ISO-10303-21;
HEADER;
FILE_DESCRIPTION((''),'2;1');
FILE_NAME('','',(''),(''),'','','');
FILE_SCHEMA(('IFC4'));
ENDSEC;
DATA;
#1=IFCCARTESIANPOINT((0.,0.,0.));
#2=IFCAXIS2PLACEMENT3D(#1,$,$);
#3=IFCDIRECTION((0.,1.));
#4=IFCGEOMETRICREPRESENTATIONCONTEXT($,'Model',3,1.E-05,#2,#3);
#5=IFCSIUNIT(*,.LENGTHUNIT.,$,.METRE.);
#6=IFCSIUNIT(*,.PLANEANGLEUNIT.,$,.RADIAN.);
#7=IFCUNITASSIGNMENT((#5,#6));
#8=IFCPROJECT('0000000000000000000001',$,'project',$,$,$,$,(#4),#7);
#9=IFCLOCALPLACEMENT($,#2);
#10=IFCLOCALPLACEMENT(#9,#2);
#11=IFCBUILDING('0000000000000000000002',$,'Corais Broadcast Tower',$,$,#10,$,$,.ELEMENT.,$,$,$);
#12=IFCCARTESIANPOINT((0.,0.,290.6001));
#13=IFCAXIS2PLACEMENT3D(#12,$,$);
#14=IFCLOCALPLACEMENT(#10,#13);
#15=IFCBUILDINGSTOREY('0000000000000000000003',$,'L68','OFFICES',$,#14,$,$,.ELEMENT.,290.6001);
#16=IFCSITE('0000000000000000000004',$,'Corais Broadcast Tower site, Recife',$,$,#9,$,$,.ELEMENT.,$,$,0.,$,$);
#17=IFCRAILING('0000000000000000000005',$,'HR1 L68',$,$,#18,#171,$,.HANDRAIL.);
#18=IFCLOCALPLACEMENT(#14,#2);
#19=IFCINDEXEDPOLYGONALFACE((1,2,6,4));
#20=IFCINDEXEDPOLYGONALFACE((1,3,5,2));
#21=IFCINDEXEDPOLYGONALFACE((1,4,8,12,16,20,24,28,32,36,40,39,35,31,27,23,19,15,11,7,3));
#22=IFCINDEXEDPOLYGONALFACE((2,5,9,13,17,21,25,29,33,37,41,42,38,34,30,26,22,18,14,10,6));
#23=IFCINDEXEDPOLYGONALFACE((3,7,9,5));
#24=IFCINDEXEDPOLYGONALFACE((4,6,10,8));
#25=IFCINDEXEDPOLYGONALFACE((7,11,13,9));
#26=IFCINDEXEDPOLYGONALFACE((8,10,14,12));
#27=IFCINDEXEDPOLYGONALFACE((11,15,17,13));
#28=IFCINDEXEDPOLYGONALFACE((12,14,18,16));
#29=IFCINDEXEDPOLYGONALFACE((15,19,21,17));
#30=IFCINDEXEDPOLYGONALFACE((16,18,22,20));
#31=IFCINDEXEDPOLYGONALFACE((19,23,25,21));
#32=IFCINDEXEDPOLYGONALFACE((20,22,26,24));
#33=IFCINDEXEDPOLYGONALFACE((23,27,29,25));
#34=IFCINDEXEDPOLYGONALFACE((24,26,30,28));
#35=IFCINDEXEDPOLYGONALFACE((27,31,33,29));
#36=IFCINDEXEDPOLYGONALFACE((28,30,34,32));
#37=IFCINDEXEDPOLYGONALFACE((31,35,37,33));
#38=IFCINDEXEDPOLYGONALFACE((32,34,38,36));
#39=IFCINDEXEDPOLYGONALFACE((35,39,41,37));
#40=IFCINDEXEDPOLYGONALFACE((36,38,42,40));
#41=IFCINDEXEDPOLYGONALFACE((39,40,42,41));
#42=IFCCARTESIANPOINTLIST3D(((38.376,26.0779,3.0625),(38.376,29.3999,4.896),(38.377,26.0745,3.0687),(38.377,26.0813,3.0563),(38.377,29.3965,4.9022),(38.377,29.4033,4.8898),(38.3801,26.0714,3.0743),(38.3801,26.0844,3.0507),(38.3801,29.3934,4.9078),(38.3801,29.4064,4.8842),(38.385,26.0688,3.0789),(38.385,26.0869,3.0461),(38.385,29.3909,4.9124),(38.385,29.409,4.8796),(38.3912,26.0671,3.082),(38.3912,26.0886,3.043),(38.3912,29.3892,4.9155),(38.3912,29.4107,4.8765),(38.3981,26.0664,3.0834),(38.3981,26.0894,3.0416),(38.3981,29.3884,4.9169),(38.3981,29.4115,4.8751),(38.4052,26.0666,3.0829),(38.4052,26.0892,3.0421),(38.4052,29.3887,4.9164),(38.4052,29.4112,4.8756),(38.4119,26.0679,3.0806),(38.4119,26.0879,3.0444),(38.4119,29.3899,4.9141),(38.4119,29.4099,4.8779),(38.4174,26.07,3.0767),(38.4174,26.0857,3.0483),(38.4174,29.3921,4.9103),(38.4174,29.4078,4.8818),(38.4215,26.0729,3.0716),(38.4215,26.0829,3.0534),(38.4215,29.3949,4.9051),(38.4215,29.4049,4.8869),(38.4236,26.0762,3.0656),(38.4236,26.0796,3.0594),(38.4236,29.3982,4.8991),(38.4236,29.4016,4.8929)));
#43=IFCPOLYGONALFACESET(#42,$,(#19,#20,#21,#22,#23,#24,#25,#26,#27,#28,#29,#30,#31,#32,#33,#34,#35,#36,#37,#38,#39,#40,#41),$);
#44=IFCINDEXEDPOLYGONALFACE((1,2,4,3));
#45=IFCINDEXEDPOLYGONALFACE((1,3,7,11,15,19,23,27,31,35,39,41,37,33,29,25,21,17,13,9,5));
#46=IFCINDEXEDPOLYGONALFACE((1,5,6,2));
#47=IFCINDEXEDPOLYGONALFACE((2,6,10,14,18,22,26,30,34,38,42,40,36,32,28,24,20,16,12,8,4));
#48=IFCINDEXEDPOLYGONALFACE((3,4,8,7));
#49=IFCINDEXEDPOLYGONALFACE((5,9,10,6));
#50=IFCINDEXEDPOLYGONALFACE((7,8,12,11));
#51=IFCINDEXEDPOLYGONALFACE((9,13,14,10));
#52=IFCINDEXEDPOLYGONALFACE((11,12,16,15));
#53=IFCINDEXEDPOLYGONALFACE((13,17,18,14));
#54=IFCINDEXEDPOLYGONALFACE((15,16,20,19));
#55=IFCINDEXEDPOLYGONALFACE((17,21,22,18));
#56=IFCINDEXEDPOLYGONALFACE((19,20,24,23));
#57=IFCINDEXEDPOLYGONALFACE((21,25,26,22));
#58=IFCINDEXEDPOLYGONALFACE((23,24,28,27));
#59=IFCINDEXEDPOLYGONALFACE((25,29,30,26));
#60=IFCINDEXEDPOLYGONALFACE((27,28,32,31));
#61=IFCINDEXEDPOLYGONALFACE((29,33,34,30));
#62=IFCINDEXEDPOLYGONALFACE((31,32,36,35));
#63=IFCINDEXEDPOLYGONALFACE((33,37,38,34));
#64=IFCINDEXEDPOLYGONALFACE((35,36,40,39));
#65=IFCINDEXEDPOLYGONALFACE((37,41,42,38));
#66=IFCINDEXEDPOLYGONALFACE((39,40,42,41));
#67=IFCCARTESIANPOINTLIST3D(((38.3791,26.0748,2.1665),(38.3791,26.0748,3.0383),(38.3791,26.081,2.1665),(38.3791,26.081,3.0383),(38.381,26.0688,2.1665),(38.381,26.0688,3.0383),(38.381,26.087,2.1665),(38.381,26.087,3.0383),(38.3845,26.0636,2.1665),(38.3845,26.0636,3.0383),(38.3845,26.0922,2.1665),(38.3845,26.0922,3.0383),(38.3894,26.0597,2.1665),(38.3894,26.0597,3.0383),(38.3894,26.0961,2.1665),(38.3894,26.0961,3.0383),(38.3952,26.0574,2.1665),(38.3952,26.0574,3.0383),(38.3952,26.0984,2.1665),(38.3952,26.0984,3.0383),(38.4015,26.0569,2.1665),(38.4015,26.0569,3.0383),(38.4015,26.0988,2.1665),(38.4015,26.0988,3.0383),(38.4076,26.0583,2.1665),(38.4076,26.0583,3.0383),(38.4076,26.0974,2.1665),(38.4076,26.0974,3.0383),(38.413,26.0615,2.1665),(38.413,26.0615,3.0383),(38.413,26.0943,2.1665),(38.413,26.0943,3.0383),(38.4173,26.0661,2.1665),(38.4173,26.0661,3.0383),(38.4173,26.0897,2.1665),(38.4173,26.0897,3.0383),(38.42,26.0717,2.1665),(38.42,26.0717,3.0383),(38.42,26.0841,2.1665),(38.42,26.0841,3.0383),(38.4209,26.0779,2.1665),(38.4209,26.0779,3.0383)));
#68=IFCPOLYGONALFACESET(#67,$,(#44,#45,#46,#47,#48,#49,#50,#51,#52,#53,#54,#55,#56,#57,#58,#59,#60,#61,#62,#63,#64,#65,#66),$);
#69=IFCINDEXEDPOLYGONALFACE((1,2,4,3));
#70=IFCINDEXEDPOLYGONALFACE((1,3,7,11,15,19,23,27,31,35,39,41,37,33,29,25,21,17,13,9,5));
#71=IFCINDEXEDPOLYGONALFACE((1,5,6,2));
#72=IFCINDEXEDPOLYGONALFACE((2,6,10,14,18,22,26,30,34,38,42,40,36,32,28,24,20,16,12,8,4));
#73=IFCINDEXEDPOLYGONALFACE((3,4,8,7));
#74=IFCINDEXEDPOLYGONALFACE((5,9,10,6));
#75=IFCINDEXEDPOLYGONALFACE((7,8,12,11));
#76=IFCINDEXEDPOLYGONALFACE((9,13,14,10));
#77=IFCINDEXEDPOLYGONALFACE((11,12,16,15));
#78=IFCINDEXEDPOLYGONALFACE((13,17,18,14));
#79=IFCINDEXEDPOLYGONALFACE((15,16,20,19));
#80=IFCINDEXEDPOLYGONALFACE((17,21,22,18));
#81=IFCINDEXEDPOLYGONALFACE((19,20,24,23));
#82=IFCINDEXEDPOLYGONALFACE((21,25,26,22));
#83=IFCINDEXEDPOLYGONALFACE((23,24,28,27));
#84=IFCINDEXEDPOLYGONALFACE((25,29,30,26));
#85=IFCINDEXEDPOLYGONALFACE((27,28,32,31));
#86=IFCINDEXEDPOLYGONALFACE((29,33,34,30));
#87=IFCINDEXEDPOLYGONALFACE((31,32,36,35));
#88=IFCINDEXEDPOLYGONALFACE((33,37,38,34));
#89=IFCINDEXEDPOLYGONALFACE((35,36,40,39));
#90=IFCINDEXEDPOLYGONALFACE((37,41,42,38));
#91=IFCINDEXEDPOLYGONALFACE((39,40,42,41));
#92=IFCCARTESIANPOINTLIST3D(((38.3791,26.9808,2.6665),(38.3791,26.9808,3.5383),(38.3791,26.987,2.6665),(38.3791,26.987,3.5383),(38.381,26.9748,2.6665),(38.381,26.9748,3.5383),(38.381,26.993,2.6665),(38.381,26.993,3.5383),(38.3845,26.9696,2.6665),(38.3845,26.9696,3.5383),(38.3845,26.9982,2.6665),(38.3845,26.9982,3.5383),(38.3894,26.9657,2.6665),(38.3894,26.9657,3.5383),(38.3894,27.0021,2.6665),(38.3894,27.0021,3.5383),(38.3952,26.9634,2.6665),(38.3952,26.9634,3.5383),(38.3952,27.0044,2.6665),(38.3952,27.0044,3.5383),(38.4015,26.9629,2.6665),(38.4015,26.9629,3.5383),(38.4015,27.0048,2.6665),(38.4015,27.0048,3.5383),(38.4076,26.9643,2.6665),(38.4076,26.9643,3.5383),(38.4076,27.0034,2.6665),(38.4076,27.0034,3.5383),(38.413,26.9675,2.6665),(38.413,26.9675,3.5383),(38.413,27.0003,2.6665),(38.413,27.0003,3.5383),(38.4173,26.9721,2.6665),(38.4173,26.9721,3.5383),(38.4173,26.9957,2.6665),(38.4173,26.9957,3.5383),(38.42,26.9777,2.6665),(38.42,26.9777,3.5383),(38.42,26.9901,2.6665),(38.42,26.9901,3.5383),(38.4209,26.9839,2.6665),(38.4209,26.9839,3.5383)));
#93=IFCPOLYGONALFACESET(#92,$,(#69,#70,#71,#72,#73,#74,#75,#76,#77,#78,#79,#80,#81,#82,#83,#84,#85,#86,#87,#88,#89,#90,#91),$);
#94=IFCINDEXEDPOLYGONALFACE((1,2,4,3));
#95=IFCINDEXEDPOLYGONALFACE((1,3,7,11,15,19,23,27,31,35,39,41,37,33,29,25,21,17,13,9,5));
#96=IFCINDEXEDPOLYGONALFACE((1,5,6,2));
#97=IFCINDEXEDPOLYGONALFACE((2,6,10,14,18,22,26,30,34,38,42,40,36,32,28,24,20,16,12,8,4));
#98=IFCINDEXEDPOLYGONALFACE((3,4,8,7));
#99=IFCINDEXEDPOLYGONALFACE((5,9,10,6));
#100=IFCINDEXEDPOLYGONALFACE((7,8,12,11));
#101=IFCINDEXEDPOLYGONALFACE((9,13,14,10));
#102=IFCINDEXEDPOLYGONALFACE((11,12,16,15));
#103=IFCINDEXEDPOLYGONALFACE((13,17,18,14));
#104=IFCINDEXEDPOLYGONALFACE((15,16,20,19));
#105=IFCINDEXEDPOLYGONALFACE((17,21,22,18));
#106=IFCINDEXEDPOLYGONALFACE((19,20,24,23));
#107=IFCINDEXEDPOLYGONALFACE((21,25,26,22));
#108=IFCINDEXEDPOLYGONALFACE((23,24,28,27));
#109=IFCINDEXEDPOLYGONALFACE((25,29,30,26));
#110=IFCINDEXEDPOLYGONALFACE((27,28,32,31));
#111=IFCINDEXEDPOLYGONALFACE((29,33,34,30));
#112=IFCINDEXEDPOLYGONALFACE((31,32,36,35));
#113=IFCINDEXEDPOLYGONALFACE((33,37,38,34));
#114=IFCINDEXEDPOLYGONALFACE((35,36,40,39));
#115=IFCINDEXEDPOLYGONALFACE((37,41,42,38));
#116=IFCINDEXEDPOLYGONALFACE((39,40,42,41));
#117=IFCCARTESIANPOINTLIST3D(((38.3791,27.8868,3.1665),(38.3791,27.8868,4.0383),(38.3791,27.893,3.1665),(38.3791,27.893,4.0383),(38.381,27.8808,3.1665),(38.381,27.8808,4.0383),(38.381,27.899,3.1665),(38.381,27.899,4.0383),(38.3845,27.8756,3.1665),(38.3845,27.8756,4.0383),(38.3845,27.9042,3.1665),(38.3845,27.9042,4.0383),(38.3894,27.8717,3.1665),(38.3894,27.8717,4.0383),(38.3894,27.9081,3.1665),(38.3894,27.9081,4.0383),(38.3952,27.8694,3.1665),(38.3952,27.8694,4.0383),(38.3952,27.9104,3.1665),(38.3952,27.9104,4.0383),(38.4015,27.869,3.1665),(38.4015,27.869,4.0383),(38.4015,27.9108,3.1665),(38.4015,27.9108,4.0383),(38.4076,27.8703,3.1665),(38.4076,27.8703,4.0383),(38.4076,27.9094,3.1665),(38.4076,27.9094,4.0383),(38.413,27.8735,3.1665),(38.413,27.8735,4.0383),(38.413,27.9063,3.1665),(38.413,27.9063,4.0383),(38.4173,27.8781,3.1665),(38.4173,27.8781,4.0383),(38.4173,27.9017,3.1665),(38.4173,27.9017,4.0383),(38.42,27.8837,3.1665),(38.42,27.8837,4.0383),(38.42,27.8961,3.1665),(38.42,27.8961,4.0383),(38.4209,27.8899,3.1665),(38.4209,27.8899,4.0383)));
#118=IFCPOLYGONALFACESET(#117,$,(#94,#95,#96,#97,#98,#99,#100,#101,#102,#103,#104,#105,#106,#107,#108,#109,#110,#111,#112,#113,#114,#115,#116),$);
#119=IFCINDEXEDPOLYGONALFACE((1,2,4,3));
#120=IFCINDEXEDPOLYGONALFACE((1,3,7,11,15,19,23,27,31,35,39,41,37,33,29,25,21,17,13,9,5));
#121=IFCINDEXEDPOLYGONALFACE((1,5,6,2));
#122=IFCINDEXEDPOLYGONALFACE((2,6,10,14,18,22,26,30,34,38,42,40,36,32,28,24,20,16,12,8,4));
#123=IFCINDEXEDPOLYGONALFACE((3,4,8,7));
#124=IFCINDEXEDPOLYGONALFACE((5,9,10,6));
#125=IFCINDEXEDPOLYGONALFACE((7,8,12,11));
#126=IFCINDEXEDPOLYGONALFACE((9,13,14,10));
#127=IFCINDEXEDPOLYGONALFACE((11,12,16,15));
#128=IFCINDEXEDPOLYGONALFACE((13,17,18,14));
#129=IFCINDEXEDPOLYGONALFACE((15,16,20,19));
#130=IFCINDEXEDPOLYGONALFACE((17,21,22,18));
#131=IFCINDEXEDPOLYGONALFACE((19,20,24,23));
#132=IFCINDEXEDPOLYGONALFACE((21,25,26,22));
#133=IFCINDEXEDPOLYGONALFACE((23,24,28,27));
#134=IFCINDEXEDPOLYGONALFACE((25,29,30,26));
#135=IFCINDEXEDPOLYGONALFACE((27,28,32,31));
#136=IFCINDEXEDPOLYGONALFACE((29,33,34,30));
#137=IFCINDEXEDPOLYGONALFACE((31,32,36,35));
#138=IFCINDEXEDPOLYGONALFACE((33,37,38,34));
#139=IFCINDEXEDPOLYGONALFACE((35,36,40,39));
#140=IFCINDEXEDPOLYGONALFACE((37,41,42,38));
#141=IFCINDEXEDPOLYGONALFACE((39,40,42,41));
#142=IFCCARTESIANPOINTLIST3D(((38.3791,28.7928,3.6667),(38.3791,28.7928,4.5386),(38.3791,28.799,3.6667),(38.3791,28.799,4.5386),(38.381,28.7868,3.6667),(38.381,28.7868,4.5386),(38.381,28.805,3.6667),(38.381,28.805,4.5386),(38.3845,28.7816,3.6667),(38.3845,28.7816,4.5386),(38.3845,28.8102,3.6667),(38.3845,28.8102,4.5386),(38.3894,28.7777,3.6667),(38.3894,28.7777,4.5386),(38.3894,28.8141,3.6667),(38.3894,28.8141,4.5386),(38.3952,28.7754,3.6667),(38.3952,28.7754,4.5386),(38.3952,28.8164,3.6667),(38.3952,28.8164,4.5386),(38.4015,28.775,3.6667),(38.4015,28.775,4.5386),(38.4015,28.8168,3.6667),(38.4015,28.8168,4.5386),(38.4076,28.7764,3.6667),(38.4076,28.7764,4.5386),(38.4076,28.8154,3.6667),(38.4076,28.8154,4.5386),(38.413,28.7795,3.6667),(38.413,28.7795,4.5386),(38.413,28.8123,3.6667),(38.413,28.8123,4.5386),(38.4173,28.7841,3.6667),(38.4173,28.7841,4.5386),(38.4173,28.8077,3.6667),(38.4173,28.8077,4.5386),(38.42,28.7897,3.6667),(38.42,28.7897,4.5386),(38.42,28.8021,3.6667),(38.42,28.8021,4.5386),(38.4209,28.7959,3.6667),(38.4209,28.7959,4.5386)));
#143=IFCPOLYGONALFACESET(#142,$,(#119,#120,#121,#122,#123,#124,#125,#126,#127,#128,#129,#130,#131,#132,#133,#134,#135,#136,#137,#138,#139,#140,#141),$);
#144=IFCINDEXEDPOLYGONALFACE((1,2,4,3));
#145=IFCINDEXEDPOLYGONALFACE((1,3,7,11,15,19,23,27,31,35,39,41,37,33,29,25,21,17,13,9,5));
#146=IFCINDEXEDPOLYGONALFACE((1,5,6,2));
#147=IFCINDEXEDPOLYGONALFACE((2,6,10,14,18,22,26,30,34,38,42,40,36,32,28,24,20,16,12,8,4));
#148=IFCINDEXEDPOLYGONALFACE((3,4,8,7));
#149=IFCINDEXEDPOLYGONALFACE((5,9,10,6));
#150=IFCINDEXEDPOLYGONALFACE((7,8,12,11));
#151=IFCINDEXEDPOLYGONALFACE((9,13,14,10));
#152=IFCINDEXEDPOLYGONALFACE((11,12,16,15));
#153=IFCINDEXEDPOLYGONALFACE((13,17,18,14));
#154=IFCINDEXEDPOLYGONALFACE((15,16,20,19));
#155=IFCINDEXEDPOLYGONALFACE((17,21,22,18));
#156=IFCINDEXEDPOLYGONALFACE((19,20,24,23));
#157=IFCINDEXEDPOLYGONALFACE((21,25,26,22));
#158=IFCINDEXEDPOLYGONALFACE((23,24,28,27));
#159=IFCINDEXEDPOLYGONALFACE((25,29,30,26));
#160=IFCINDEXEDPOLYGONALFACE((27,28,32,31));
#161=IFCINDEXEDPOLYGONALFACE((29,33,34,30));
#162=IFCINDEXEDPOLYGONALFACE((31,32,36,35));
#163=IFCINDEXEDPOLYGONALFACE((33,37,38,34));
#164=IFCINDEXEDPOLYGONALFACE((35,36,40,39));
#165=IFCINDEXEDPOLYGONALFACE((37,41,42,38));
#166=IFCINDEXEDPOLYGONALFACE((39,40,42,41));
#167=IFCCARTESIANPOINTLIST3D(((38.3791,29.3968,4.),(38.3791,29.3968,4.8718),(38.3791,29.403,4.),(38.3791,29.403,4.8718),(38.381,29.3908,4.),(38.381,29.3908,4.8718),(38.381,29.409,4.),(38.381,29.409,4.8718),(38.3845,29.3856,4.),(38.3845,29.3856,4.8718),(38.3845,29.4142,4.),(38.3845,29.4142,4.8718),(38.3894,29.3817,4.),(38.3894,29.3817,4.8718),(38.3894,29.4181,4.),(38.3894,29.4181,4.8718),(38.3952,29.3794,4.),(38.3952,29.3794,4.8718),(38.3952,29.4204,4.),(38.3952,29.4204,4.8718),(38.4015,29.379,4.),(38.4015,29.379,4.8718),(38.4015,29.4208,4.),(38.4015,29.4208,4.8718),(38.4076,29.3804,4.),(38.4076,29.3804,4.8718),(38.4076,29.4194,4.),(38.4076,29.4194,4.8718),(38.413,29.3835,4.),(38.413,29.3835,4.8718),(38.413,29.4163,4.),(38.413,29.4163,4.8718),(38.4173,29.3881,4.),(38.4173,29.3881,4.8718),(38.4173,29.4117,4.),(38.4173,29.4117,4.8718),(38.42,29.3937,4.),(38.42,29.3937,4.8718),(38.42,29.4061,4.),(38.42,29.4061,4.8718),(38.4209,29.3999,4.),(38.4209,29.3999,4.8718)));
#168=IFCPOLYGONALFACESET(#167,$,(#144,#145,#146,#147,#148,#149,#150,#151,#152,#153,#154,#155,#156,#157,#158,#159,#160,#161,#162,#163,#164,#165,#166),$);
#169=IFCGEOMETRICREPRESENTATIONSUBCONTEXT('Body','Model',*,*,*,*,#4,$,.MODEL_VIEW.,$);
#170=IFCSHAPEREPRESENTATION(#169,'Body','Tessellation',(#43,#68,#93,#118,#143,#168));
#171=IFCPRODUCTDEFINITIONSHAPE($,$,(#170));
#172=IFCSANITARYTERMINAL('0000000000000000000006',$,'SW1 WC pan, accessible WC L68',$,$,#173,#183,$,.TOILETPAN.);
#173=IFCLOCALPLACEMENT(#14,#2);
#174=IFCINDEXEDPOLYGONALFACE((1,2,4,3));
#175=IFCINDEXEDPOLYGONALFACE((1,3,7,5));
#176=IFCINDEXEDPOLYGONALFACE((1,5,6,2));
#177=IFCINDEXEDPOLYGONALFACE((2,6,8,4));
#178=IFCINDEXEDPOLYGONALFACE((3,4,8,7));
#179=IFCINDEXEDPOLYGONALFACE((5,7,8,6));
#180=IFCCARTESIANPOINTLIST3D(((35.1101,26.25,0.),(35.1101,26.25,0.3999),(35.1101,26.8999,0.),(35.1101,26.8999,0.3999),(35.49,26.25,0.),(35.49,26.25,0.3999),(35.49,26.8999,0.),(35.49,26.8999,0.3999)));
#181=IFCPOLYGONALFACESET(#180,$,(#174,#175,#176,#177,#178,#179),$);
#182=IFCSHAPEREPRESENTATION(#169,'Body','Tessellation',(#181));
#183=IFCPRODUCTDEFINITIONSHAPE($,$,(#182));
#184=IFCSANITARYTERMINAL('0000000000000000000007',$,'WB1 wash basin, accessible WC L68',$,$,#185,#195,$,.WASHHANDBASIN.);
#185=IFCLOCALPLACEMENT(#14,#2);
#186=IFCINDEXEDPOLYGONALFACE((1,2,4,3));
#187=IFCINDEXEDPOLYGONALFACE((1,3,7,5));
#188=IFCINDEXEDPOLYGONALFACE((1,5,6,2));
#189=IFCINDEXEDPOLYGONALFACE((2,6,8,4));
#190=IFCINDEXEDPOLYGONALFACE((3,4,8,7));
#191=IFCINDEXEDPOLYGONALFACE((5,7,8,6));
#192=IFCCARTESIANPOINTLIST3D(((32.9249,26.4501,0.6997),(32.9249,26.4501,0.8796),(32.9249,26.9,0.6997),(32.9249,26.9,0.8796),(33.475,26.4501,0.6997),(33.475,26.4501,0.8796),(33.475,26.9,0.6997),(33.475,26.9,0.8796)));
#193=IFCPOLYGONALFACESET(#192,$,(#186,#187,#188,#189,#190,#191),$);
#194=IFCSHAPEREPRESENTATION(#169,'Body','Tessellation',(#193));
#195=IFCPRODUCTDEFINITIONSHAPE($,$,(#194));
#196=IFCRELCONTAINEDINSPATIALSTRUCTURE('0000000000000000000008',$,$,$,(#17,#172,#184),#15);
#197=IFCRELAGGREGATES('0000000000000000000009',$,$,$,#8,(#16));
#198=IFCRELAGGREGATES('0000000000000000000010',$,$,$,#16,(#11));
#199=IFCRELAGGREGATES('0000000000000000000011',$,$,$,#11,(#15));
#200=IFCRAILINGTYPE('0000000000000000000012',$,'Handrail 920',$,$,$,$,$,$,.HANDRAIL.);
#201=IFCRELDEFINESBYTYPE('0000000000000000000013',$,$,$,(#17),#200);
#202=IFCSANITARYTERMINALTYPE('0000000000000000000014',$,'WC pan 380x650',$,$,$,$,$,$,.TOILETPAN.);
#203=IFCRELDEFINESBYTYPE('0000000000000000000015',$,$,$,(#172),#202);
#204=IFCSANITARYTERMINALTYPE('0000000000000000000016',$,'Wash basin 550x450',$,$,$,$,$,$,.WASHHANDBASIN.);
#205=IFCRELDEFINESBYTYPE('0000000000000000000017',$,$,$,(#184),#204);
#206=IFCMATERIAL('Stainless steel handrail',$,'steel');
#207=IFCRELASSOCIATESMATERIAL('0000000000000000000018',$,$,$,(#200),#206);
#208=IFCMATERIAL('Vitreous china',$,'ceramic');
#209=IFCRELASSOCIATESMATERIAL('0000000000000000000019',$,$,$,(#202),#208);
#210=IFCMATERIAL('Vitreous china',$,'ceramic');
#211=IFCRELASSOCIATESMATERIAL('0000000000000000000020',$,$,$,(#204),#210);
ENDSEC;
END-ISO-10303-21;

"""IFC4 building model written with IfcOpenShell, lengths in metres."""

from ifc_helpers import new_model, si_unit, direction, frame, origin, origin_2d, place, context, subcontext, project, spatial, rectangle, circle, extrude, material, type_object, element, save


model = new_model("IFC4")

# Units and contexts
model_context = context("Model", 3, precision=1e-05, world=origin(), true_north=direction((0.0, 1.0)))
body_context = subcontext(model_context, "Body", "Model", "MODEL_VIEW")
ifc_project = project(units=[si_unit("LENGTHUNIT", "METRE"), si_unit("PLANEANGLEUNIT", "RADIAN")], contexts=[model_context])

# Site, building, storey
site_placement = place(None, origin())
site = spatial("IfcSite", under=ifc_project, at=site_placement, Name="Corais Broadcast Tower site, Recife", CompositionType="ELEMENT", RefElevation=0.0)
building_placement = place(site_placement, origin())
building = spatial("IfcBuilding", under=site, at=building_placement, Name="Corais Broadcast Tower", CompositionType="ELEMENT")
storey_placement = place(building_placement, frame((0.0, 0.0, 290.6001)))
storey = spatial("IfcBuildingStorey", under=building, at=storey_placement, Name="L68", Description="OFFICES", CompositionType="ELEMENT", Elevation=290.6001)

# Railing
ifc_material_1 = material(Name="Stainless steel handrail", Category="steel")
railing_type = type_object("IfcRailingType", Name="Handrail 920", PredefinedType="HANDRAIL", material=ifc_material_1)
for number, where, name in (
    (1, (38.3999, 26.0779, 2.1665), "HR1 L68"),
):
    element("IfcRailing", number, at=place(storey_placement, frame(where)), inside=storey, type_object=railing_type, Name=name, PredefinedType="HANDRAIL", context=body_context, shape_type="SweptSolid", body=[
        extrude(circle(Radius=0.0239, at=origin_2d()), frame((0.0, 0.0, 0.896), z_axis=(0.0, 0.875504, 0.48321), x_axis=(-1.0, 0.0, 0.0)), (0.0, 0.0, 1.0), 3.7944),
        extrude(circle(Radius=0.021, at=origin_2d()), origin(), (0.0, 0.0, 1.0), 0.8718),
        extrude(circle(Radius=0.021, at=origin_2d()), frame((0.0, 0.906, 0.5)), (0.0, 0.0, 1.0), 0.8718),
        extrude(circle(Radius=0.021, at=origin_2d()), frame((0.0, 1.812, 1.0)), (0.0, 0.0, 1.0), 0.8718),
        extrude(circle(Radius=0.021, at=origin_2d()), frame((0.0, 2.718, 1.5002)), (0.0, 0.0, 1.0), 0.8718),
        extrude(circle(Radius=0.021, at=origin_2d()), frame((0.0, 3.322, 1.8335)), (0.0, 0.0, 1.0), 0.8718),
    ])

# Sanitary terminals
ifc_material_2 = material(Name="Vitreous china", Category="ceramic")
sanitary_terminal_type_1 = type_object("IfcSanitaryTerminalType", Name="WC pan 380x650", PredefinedType="TOILETPAN", material=ifc_material_2)
sanitary_terminal_1_placement = place(storey_placement, frame((35.3, 26.575, 0.0), z_axis=(0.0, 0.0, 1.0), x_axis=(1.0, 0.0, 0.0)))
element("IfcSanitaryTerminal", 2, at=sanitary_terminal_1_placement, inside=storey, type_object=sanitary_terminal_type_1, Name="SW1 WC pan, accessible WC L68", PredefinedType="TOILETPAN", context=body_context, shape_type="SweptSolid", body=[
    extrude(rectangle(XDim=0.3799, YDim=0.6499, at=origin_2d()), origin(), (0.0, 0.0, 1.0), 0.3999),
])
ifc_material_3 = material(Name="Vitreous china", Category="ceramic")
sanitary_terminal_type_2 = type_object("IfcSanitaryTerminalType", Name="Wash basin 550x450", PredefinedType="WASHHANDBASIN", material=ifc_material_3)
sanitary_terminal_2_placement = place(storey_placement, frame((33.2, 26.675, 0.6997), z_axis=(0.0, 0.0, 1.0), x_axis=(1.0, 0.0, 0.0)))
element("IfcSanitaryTerminal", 3, at=sanitary_terminal_2_placement, inside=storey, type_object=sanitary_terminal_type_2, Name="WB1 wash basin, accessible WC L68", PredefinedType="WASHHANDBASIN", context=body_context, shape_type="SweptSolid", body=[
    extrude(rectangle(XDim=0.55, YDim=0.45, at=origin_2d()), origin(), (0.0, 0.0, 1.0), 0.1799),
])

save(model, "model.ifc")
